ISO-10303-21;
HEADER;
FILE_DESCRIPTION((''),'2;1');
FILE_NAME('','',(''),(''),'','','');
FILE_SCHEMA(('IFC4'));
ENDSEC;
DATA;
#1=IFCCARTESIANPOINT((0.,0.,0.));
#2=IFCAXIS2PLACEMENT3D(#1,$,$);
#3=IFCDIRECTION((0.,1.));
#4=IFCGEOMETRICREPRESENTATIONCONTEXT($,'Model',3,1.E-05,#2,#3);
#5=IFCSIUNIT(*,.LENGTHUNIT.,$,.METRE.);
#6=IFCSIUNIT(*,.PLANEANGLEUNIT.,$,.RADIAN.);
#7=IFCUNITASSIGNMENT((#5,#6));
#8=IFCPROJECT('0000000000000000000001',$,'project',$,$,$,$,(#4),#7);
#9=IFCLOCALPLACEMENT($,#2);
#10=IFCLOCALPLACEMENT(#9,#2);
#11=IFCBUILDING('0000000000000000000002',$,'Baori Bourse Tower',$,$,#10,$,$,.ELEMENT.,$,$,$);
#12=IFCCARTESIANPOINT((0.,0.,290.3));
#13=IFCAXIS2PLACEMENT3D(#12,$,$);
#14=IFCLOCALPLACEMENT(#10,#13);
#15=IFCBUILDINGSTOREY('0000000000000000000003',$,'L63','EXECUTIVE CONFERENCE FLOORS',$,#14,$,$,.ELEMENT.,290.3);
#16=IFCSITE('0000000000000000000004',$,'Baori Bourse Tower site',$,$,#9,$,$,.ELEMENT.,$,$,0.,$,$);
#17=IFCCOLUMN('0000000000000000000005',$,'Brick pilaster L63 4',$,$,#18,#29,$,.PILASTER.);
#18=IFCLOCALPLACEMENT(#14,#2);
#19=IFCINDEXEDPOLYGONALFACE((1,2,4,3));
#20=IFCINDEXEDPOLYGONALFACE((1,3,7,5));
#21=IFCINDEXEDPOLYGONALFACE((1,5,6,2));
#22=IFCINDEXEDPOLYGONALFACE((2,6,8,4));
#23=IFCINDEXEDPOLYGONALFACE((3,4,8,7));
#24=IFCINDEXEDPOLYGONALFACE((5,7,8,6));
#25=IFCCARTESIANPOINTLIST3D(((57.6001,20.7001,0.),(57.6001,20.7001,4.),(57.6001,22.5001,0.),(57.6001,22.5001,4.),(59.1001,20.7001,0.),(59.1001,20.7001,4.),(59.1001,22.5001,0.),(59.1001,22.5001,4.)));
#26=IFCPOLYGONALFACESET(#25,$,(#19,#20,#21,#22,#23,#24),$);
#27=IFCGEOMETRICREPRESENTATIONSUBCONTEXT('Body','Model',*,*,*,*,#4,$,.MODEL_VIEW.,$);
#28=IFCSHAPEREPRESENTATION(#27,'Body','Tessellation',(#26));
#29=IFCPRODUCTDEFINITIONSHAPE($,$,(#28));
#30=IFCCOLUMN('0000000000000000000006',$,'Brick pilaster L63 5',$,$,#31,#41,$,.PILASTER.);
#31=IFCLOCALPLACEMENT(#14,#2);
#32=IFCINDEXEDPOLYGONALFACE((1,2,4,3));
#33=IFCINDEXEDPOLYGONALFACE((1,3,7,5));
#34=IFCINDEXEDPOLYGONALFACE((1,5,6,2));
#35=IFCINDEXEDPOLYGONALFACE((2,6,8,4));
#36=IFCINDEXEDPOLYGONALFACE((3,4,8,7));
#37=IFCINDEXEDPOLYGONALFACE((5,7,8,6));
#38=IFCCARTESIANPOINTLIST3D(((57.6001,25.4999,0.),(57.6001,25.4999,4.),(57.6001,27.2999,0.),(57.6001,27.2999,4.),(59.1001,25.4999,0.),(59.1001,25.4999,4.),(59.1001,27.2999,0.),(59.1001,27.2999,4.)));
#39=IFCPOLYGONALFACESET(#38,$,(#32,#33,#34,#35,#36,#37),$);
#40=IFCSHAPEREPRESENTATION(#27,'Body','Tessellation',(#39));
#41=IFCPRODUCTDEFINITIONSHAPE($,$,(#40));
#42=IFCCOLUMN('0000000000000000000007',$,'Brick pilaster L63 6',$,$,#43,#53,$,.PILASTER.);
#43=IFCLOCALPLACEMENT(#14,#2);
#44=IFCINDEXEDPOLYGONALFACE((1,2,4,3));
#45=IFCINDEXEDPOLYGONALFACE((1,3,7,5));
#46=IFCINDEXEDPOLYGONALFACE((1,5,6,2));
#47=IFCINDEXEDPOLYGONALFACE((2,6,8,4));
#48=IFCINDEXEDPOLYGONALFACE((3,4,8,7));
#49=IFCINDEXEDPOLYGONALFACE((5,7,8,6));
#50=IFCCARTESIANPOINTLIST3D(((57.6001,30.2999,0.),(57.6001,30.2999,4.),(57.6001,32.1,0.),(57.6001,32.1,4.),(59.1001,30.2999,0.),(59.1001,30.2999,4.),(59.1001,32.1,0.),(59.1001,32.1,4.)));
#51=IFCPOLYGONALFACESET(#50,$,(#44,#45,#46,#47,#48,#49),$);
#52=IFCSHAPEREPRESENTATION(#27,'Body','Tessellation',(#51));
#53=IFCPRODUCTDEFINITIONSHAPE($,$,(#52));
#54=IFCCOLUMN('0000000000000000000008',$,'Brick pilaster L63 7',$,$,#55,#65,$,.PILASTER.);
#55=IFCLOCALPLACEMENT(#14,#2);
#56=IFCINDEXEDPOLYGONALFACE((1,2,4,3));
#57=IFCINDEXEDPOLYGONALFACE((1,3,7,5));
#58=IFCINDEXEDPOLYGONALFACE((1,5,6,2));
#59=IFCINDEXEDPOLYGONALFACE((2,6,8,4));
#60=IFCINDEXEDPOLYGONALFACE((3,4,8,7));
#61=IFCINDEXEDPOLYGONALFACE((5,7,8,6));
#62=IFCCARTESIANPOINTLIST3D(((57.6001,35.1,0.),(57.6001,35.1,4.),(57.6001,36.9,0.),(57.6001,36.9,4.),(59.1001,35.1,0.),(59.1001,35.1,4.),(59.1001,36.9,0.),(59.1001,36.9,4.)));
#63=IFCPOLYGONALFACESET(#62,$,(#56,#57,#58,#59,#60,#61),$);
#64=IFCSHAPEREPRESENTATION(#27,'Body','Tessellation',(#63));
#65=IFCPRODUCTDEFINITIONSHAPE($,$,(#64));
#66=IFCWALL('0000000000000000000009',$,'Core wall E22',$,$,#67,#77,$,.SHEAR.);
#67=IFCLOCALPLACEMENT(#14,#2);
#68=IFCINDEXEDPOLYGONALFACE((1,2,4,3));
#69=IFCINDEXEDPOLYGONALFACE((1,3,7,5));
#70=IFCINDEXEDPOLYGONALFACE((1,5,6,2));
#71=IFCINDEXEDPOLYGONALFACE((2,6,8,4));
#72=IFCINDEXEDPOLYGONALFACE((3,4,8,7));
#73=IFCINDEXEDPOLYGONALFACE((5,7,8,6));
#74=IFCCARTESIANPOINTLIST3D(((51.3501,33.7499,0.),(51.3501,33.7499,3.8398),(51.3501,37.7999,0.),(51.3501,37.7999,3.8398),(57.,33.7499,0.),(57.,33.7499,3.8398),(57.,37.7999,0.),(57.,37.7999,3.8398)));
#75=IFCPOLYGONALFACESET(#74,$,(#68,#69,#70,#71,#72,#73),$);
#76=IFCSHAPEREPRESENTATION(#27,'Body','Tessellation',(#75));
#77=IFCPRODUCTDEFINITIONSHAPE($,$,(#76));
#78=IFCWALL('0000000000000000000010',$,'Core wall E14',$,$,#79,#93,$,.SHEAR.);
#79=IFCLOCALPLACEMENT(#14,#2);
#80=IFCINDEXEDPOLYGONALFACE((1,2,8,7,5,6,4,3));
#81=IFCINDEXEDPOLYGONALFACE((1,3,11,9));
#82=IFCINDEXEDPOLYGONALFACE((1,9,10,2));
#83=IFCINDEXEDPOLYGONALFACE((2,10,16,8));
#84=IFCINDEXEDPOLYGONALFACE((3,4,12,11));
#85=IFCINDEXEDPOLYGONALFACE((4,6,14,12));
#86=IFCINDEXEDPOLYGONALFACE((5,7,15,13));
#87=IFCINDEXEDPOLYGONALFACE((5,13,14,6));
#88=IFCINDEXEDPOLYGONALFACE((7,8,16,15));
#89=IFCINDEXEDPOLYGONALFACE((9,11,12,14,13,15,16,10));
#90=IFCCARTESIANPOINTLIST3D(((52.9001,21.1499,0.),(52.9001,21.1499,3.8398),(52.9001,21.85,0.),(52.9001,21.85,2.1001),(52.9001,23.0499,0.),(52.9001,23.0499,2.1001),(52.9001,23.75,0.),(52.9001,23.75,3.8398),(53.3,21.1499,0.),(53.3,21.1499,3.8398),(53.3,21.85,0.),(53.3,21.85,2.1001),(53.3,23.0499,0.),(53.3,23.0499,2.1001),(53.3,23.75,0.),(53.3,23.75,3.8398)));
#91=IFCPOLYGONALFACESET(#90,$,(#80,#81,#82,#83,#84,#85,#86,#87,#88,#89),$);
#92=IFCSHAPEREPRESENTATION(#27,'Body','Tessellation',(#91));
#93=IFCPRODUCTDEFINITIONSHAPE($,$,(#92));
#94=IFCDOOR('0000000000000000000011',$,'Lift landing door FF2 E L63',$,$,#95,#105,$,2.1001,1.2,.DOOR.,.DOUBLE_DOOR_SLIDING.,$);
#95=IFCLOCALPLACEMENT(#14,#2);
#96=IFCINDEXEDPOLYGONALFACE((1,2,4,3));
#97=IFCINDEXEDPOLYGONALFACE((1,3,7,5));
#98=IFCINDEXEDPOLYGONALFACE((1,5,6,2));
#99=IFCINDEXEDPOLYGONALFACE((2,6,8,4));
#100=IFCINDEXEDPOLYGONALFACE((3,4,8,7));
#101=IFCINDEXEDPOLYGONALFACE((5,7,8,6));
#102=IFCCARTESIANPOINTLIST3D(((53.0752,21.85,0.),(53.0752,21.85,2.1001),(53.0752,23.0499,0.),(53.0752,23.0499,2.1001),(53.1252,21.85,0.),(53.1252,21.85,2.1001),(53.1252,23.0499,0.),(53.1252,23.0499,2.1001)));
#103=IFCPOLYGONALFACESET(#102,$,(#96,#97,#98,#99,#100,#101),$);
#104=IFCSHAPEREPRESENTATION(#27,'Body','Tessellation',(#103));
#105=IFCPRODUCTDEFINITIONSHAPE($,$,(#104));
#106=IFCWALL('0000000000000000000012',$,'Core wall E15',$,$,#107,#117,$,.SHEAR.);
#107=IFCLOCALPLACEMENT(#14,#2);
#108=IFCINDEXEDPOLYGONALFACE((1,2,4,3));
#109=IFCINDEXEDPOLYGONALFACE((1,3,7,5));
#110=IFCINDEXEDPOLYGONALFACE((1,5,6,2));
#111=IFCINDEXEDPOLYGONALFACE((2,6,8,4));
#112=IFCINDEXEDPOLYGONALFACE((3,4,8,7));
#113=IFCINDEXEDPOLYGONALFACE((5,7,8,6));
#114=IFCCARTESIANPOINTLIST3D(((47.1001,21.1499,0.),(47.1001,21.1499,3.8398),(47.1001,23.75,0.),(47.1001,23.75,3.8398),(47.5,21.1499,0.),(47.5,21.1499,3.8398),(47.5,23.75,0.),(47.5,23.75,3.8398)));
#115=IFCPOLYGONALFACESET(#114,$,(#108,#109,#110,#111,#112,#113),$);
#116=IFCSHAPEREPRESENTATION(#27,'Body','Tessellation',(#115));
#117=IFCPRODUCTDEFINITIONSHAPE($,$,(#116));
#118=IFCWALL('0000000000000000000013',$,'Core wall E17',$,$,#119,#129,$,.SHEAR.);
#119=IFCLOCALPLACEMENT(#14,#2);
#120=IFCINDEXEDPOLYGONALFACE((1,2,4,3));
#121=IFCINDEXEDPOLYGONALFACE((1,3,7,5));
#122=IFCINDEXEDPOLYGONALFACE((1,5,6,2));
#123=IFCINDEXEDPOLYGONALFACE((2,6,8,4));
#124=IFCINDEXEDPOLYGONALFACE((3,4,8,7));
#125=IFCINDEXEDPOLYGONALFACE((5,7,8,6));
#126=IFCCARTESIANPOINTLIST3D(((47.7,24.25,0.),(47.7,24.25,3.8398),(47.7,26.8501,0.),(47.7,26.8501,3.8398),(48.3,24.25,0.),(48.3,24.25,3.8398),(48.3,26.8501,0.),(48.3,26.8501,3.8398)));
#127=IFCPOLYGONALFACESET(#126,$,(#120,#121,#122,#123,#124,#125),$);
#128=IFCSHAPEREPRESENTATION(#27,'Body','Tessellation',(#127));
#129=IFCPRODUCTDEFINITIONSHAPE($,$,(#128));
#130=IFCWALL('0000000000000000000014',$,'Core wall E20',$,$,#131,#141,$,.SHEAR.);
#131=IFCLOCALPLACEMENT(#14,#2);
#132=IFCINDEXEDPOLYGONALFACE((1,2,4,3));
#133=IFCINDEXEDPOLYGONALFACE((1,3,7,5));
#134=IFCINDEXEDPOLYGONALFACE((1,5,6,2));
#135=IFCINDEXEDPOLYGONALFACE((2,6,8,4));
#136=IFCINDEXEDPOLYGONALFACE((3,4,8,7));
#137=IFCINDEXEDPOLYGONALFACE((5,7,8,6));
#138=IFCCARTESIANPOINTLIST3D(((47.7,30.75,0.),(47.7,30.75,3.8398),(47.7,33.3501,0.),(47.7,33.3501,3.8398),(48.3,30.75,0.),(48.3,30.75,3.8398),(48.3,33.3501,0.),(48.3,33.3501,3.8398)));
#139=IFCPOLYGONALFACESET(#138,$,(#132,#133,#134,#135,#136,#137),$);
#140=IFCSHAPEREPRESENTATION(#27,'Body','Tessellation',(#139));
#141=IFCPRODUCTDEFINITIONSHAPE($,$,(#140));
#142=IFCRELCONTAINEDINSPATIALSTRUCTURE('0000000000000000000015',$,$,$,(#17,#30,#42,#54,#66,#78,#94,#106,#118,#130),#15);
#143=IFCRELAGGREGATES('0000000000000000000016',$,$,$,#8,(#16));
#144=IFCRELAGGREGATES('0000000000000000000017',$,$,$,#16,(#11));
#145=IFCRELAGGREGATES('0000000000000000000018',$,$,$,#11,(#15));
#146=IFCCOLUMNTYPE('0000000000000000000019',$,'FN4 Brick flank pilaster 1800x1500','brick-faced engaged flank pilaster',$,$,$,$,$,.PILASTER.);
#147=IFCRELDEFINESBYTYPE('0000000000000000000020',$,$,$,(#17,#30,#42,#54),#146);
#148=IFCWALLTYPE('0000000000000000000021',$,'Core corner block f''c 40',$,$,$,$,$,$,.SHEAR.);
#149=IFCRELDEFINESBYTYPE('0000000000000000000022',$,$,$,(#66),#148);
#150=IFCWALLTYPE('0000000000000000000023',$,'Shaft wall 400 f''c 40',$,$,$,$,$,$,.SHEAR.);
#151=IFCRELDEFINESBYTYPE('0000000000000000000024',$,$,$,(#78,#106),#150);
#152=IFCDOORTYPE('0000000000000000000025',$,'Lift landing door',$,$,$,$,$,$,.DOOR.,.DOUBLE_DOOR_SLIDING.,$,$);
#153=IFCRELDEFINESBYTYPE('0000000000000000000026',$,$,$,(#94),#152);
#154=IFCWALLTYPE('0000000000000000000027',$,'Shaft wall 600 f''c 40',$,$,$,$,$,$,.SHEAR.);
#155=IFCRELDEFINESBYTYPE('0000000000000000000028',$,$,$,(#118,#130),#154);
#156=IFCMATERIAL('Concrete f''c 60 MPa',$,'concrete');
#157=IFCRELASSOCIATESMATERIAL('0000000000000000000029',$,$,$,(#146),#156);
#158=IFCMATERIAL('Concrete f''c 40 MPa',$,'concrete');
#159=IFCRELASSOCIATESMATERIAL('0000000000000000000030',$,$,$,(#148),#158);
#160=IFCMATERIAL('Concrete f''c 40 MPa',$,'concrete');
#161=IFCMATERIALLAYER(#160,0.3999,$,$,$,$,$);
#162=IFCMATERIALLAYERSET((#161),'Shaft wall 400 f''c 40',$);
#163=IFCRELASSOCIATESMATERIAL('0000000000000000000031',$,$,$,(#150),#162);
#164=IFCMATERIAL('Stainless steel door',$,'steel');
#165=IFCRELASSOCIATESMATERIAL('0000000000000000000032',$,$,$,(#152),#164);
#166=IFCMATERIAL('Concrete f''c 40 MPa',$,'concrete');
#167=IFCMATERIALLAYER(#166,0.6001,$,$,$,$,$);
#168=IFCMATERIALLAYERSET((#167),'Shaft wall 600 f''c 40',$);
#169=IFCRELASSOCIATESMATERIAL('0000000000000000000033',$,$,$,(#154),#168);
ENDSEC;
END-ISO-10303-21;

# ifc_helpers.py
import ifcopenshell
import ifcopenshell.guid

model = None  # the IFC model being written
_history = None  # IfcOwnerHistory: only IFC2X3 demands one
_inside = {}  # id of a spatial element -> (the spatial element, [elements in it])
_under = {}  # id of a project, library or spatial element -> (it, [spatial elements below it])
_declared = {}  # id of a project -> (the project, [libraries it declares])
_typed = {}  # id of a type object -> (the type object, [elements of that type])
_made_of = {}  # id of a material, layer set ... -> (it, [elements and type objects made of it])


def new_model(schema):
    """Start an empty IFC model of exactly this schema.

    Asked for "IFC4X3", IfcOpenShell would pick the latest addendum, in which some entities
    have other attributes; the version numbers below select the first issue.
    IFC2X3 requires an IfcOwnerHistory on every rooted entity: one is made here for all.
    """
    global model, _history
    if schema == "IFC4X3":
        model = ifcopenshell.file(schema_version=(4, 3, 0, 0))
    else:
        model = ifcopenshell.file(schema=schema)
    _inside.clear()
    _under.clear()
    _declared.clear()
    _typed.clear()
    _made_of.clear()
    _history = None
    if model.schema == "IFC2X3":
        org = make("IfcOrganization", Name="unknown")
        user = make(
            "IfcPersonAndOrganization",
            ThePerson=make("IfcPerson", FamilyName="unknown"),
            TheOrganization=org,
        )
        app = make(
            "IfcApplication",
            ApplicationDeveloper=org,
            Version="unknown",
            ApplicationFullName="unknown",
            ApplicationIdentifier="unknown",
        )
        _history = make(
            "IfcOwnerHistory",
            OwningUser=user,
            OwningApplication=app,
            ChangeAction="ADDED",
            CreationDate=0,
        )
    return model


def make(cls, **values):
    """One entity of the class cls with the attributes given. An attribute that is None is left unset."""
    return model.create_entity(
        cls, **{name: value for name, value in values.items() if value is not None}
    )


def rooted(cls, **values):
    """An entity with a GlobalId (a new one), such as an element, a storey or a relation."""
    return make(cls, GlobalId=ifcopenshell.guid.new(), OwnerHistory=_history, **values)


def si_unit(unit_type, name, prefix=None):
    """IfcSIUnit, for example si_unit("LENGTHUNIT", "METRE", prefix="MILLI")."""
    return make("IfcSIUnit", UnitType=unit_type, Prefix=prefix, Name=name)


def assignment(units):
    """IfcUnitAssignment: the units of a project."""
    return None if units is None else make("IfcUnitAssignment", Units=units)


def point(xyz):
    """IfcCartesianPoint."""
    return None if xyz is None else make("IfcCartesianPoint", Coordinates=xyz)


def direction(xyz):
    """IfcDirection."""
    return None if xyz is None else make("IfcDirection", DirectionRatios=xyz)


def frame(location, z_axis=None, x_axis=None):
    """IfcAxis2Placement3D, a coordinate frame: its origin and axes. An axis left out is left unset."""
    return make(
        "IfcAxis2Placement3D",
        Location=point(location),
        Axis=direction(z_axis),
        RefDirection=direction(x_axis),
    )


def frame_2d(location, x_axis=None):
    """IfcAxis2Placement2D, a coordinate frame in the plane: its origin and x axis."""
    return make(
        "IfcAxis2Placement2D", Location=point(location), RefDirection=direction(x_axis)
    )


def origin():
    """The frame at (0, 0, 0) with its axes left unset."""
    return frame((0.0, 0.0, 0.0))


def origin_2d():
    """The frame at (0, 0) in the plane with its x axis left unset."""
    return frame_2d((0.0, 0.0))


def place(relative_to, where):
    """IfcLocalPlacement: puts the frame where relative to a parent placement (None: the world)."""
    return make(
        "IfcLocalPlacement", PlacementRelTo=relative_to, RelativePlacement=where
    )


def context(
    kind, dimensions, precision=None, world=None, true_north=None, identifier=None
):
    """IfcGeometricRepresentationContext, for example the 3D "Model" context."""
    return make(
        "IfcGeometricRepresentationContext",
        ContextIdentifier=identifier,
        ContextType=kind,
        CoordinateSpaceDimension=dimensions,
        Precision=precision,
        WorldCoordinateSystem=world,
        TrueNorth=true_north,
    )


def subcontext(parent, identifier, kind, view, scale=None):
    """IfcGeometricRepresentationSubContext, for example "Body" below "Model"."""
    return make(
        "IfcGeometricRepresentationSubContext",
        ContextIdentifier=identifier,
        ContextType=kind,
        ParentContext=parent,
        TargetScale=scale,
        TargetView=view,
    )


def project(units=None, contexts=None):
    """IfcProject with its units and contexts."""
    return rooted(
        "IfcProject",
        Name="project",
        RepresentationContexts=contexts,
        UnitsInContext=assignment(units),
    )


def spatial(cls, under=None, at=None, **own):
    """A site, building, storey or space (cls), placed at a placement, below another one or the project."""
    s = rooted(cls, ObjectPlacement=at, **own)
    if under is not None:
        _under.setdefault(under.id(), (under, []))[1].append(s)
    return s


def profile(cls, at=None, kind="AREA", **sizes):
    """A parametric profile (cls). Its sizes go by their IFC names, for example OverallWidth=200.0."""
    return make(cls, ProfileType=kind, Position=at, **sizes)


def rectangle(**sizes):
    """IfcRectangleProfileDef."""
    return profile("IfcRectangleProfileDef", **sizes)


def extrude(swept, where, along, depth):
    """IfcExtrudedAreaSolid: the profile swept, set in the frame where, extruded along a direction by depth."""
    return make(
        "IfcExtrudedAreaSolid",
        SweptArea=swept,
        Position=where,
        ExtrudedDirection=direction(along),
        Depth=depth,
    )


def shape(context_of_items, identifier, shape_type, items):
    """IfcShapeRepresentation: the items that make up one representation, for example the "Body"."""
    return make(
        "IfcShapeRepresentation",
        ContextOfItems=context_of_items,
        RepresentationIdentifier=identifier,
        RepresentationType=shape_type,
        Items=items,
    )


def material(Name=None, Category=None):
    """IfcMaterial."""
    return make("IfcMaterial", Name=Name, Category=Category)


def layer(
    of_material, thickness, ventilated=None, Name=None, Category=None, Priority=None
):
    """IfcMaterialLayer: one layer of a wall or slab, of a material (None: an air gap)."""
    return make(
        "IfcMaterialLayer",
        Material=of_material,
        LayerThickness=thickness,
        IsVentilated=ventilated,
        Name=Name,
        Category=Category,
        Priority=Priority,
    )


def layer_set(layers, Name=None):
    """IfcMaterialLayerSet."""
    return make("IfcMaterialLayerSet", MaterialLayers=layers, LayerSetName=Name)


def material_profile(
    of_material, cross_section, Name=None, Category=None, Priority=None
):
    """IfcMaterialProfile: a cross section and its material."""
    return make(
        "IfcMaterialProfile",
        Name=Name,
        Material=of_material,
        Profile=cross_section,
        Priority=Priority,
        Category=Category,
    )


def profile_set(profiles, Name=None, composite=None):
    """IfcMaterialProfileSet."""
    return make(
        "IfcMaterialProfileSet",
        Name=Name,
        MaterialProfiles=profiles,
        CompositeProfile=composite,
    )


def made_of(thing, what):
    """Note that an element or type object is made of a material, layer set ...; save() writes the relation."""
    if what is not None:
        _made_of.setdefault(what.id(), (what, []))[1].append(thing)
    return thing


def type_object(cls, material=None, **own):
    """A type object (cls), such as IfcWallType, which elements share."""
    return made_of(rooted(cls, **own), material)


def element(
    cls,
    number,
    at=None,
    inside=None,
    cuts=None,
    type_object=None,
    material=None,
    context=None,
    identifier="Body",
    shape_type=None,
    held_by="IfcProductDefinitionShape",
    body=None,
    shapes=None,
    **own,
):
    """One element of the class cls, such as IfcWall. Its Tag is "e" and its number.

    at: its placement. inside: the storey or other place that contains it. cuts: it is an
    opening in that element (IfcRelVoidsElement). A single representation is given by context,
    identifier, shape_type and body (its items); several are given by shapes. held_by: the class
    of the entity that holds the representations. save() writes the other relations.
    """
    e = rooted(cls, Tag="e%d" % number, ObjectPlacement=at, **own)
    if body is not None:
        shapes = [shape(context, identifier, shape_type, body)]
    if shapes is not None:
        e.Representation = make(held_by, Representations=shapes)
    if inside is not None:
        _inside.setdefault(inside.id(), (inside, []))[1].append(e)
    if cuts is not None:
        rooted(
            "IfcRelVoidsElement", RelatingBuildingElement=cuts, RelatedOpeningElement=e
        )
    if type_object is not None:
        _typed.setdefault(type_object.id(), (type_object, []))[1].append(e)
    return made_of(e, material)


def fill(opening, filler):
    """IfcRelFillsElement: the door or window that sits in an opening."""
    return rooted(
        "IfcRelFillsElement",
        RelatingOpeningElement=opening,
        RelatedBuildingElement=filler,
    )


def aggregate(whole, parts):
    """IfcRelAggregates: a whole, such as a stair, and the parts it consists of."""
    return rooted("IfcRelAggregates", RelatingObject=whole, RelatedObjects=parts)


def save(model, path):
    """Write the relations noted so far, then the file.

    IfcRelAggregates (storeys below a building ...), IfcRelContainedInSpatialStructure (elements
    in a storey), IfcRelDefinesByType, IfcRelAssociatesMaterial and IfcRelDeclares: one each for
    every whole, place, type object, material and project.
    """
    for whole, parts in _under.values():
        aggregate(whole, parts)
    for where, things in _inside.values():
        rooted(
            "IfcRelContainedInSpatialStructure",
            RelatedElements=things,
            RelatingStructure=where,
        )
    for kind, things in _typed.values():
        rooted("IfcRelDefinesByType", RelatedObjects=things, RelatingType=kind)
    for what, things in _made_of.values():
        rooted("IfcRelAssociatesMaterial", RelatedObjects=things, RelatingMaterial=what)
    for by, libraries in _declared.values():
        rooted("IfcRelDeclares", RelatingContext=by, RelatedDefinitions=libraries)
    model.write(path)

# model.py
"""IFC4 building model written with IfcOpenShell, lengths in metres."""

from ifc_helpers import new_model, si_unit, direction, frame, frame_2d, origin, origin_2d, place, context, subcontext, project, spatial, rectangle, extrude, material, layer, layer_set, material_profile, profile_set, type_object, element, fill, save


model = new_model("IFC4")

# Units and contexts
model_context = context("Model", 3, precision=1e-05, world=origin(), true_north=direction((0.0, 1.0)))
body_context = subcontext(model_context, "Body", "Model", "MODEL_VIEW")
ifc_project = project(units=[si_unit("LENGTHUNIT", "METRE"), si_unit("PLANEANGLEUNIT", "RADIAN")], contexts=[model_context])

# Site, building, storey
site_placement = place(None, origin())
site = spatial("IfcSite", under=ifc_project, at=site_placement, Name="Baori Bourse Tower site", CompositionType="ELEMENT", RefElevation=0.0)
building_placement = place(site_placement, origin())
building = spatial("IfcBuilding", under=site, at=building_placement, Name="Baori Bourse Tower", CompositionType="ELEMENT")
storey_placement = place(building_placement, frame((0.0, 0.0, 290.3)))
storey = spatial("IfcBuildingStorey", under=building, at=storey_placement, Name="L63", Description="EXECUTIVE CONFERENCE FLOORS", CompositionType="ELEMENT", Elevation=290.3)

# Columns
ifc_material_1 = material(Name="Concrete f'c 60 MPa", Category="concrete")
ifc_material_profile = material_profile(ifc_material_1, rectangle(XDim=1.8, YDim=1.5, at=origin_2d()), Name="RC 1800x1500")
ifc_profile_set = profile_set([ifc_material_profile], Name="Concrete f'c 60 MPa")
column_type = type_object("IfcColumnType", Name="FN4 Brick flank pilaster 1800x1500", Description="brick-faced engaged flank pilaster", PredefinedType="PILASTER", material=ifc_profile_set)
for number, where, z_axis, x_axis, name in (
    (1, (58.3501, 21.6001, 0.0), (0.0, 0.0, 1.0), (0.0, 1.0, 0.0), "Brick pilaster L63 4"),
    (2, (58.3501, 26.3999, 0.0), (0.0, 0.0, 1.0), (0.0, 1.0, 0.0), "Brick pilaster L63 5"),
    (3, (58.3501, 31.2, 0.0), (0.0, 0.0, 1.0), (0.0, 1.0, 0.0), "Brick pilaster L63 6"),
    (4, (58.3501, 36.0, 0.0), (0.0, 0.0, 1.0), (0.0, 1.0, 0.0), "Brick pilaster L63 7"),
):
    element("IfcColumn", number, at=place(storey_placement, frame(where, z_axis=z_axis, x_axis=x_axis)), inside=storey, type_object=column_type, Name=name, PredefinedType="PILASTER", context=body_context, shape_type="SweptSolid", body=[
        extrude(rectangle(XDim=1.8, YDim=1.5, at=origin_2d()), origin(), (0.0, 0.0, 1.0), 4.0),
    ])

# Wall
ifc_material_2 = material(Name="Concrete f'c 40 MPa", Category="concrete")
wall_type_1 = type_object("IfcWallType", Name="Core corner block f'c 40", PredefinedType="SHEAR", material=ifc_material_2)
wall_1_placement = place(storey_placement, frame((51.3501, 35.7749, 0.0), z_axis=(0.0, 0.0, 1.0), x_axis=(1.0, 0.0, 0.0)))
element("IfcWall", 5, at=wall_1_placement, inside=storey, type_object=wall_type_1, Name="Core wall E22", PredefinedType="SHEAR", context=body_context, shape_type="SweptSolid", body=[
    extrude(rectangle(XDim=5.6499, YDim=4.05, at=frame_2d((2.825, 0.0))), origin(), (0.0, 0.0, 1.0), 3.8398),
])

# Wall, opening, door
ifc_material_3 = material(Name="Concrete f'c 40 MPa", Category="concrete")
ifc_layer_1 = layer(ifc_material_3, 0.3999)
ifc_layer_set_1 = layer_set([ifc_layer_1], Name="Shaft wall 400 f'c 40")
wall_type_2 = type_object("IfcWallType", Name="Shaft wall 400 f'c 40", PredefinedType="SHEAR", material=ifc_layer_set_1)
wall_2_placement = place(storey_placement, frame((53.1001, 21.1499, 0.0), z_axis=(0.0, 0.0, 1.0), x_axis=(0.0, 1.0, 0.0)))
wall_2 = element("IfcWall", 6, at=wall_2_placement, inside=storey, type_object=wall_type_2, Name="Core wall E14", PredefinedType="SHEAR", context=body_context, shape_type="SweptSolid", body=[
    extrude(rectangle(XDim=2.6001, YDim=0.3999, at=frame_2d((1.3, 0.0))), origin(), (0.0, 0.0, 1.0), 3.8398),
])
opening_placement = place(wall_2_placement, frame((0.7, 0.0, 0.0)))
opening = element("IfcOpeningElement", 7, at=opening_placement, cuts=wall_2, PredefinedType="OPENING", context=body_context, shape_type="SweptSolid", body=[
    extrude(rectangle(XDim=1.2, YDim=2.1001, at=frame_2d((0.6001, 1.05))), frame((0.0, 0.21, 0.0), z_axis=(0.0, -1.0, 0.0), x_axis=(1.0, 0.0, 0.0)), (0.0, 0.0, 1.0), 0.4199),
])
ifc_material_4 = material(Name="Stainless steel door", Category="steel")
door_type = type_object("IfcDoorType", Name="Lift landing door", OperationType="DOUBLE_DOOR_SLIDING", PredefinedType="DOOR", material=ifc_material_4)
door_placement = place(opening_placement, origin())
door = element("IfcDoor", 8, at=door_placement, inside=storey, type_object=door_type, Name="Lift landing door FF2 E L63", OperationType="DOUBLE_DOOR_SLIDING", OverallHeight=2.1001, OverallWidth=1.2, PredefinedType="DOOR", context=body_context, shape_type="SweptSolid", body=[
    extrude(rectangle(XDim=1.2, YDim=2.1001, at=frame_2d((0.6001, 1.05))), frame((0.0, 0.0249, 0.0), z_axis=(0.0, -1.0, 0.0), x_axis=(1.0, 0.0, 0.0)), (0.0, 0.0, 1.0), 0.05),
])
fill(opening, door)

# Walls
wall_3_placement = place(storey_placement, frame((47.3, 21.1499, 0.0), z_axis=(0.0, 0.0, 1.0), x_axis=(0.0, 1.0, 0.0)))
element("IfcWall", 9, at=wall_3_placement, inside=storey, type_object=wall_type_2, Name="Core wall E15", PredefinedType="SHEAR", context=body_context, shape_type="SweptSolid", body=[
    extrude(rectangle(XDim=2.6001, YDim=0.3999, at=frame_2d((1.3, 0.0))), origin(), (0.0, 0.0, 1.0), 3.8398),
])
ifc_material_5 = material(Name="Concrete f'c 40 MPa", Category="concrete")
ifc_layer_2 = layer(ifc_material_5, 0.6001)
ifc_layer_set_2 = layer_set([ifc_layer_2], Name="Shaft wall 600 f'c 40")
wall_type_3 = type_object("IfcWallType", Name="Shaft wall 600 f'c 40", PredefinedType="SHEAR", material=ifc_layer_set_2)
for number, where, z_axis, x_axis, name in (
    (10, (48.0, 24.25, 0.0), (0.0, 0.0, 1.0), (0.0, 1.0, 0.0), "Core wall E17"),
    (11, (48.0, 30.75, 0.0), (0.0, 0.0, 1.0), (0.0, 1.0, 0.0), "Core wall E20"),
):
    element("IfcWall", number, at=place(storey_placement, frame(where, z_axis=z_axis, x_axis=x_axis)), inside=storey, type_object=wall_type_3, Name=name, PredefinedType="SHEAR", context=body_context, shape_type="SweptSolid", body=[
        extrude(rectangle(XDim=2.6001, YDim=0.6001, at=frame_2d((1.3, 0.0))), origin(), (0.0, 0.0, 1.0), 3.8398),
    ])

save(model, "model.ifc")
